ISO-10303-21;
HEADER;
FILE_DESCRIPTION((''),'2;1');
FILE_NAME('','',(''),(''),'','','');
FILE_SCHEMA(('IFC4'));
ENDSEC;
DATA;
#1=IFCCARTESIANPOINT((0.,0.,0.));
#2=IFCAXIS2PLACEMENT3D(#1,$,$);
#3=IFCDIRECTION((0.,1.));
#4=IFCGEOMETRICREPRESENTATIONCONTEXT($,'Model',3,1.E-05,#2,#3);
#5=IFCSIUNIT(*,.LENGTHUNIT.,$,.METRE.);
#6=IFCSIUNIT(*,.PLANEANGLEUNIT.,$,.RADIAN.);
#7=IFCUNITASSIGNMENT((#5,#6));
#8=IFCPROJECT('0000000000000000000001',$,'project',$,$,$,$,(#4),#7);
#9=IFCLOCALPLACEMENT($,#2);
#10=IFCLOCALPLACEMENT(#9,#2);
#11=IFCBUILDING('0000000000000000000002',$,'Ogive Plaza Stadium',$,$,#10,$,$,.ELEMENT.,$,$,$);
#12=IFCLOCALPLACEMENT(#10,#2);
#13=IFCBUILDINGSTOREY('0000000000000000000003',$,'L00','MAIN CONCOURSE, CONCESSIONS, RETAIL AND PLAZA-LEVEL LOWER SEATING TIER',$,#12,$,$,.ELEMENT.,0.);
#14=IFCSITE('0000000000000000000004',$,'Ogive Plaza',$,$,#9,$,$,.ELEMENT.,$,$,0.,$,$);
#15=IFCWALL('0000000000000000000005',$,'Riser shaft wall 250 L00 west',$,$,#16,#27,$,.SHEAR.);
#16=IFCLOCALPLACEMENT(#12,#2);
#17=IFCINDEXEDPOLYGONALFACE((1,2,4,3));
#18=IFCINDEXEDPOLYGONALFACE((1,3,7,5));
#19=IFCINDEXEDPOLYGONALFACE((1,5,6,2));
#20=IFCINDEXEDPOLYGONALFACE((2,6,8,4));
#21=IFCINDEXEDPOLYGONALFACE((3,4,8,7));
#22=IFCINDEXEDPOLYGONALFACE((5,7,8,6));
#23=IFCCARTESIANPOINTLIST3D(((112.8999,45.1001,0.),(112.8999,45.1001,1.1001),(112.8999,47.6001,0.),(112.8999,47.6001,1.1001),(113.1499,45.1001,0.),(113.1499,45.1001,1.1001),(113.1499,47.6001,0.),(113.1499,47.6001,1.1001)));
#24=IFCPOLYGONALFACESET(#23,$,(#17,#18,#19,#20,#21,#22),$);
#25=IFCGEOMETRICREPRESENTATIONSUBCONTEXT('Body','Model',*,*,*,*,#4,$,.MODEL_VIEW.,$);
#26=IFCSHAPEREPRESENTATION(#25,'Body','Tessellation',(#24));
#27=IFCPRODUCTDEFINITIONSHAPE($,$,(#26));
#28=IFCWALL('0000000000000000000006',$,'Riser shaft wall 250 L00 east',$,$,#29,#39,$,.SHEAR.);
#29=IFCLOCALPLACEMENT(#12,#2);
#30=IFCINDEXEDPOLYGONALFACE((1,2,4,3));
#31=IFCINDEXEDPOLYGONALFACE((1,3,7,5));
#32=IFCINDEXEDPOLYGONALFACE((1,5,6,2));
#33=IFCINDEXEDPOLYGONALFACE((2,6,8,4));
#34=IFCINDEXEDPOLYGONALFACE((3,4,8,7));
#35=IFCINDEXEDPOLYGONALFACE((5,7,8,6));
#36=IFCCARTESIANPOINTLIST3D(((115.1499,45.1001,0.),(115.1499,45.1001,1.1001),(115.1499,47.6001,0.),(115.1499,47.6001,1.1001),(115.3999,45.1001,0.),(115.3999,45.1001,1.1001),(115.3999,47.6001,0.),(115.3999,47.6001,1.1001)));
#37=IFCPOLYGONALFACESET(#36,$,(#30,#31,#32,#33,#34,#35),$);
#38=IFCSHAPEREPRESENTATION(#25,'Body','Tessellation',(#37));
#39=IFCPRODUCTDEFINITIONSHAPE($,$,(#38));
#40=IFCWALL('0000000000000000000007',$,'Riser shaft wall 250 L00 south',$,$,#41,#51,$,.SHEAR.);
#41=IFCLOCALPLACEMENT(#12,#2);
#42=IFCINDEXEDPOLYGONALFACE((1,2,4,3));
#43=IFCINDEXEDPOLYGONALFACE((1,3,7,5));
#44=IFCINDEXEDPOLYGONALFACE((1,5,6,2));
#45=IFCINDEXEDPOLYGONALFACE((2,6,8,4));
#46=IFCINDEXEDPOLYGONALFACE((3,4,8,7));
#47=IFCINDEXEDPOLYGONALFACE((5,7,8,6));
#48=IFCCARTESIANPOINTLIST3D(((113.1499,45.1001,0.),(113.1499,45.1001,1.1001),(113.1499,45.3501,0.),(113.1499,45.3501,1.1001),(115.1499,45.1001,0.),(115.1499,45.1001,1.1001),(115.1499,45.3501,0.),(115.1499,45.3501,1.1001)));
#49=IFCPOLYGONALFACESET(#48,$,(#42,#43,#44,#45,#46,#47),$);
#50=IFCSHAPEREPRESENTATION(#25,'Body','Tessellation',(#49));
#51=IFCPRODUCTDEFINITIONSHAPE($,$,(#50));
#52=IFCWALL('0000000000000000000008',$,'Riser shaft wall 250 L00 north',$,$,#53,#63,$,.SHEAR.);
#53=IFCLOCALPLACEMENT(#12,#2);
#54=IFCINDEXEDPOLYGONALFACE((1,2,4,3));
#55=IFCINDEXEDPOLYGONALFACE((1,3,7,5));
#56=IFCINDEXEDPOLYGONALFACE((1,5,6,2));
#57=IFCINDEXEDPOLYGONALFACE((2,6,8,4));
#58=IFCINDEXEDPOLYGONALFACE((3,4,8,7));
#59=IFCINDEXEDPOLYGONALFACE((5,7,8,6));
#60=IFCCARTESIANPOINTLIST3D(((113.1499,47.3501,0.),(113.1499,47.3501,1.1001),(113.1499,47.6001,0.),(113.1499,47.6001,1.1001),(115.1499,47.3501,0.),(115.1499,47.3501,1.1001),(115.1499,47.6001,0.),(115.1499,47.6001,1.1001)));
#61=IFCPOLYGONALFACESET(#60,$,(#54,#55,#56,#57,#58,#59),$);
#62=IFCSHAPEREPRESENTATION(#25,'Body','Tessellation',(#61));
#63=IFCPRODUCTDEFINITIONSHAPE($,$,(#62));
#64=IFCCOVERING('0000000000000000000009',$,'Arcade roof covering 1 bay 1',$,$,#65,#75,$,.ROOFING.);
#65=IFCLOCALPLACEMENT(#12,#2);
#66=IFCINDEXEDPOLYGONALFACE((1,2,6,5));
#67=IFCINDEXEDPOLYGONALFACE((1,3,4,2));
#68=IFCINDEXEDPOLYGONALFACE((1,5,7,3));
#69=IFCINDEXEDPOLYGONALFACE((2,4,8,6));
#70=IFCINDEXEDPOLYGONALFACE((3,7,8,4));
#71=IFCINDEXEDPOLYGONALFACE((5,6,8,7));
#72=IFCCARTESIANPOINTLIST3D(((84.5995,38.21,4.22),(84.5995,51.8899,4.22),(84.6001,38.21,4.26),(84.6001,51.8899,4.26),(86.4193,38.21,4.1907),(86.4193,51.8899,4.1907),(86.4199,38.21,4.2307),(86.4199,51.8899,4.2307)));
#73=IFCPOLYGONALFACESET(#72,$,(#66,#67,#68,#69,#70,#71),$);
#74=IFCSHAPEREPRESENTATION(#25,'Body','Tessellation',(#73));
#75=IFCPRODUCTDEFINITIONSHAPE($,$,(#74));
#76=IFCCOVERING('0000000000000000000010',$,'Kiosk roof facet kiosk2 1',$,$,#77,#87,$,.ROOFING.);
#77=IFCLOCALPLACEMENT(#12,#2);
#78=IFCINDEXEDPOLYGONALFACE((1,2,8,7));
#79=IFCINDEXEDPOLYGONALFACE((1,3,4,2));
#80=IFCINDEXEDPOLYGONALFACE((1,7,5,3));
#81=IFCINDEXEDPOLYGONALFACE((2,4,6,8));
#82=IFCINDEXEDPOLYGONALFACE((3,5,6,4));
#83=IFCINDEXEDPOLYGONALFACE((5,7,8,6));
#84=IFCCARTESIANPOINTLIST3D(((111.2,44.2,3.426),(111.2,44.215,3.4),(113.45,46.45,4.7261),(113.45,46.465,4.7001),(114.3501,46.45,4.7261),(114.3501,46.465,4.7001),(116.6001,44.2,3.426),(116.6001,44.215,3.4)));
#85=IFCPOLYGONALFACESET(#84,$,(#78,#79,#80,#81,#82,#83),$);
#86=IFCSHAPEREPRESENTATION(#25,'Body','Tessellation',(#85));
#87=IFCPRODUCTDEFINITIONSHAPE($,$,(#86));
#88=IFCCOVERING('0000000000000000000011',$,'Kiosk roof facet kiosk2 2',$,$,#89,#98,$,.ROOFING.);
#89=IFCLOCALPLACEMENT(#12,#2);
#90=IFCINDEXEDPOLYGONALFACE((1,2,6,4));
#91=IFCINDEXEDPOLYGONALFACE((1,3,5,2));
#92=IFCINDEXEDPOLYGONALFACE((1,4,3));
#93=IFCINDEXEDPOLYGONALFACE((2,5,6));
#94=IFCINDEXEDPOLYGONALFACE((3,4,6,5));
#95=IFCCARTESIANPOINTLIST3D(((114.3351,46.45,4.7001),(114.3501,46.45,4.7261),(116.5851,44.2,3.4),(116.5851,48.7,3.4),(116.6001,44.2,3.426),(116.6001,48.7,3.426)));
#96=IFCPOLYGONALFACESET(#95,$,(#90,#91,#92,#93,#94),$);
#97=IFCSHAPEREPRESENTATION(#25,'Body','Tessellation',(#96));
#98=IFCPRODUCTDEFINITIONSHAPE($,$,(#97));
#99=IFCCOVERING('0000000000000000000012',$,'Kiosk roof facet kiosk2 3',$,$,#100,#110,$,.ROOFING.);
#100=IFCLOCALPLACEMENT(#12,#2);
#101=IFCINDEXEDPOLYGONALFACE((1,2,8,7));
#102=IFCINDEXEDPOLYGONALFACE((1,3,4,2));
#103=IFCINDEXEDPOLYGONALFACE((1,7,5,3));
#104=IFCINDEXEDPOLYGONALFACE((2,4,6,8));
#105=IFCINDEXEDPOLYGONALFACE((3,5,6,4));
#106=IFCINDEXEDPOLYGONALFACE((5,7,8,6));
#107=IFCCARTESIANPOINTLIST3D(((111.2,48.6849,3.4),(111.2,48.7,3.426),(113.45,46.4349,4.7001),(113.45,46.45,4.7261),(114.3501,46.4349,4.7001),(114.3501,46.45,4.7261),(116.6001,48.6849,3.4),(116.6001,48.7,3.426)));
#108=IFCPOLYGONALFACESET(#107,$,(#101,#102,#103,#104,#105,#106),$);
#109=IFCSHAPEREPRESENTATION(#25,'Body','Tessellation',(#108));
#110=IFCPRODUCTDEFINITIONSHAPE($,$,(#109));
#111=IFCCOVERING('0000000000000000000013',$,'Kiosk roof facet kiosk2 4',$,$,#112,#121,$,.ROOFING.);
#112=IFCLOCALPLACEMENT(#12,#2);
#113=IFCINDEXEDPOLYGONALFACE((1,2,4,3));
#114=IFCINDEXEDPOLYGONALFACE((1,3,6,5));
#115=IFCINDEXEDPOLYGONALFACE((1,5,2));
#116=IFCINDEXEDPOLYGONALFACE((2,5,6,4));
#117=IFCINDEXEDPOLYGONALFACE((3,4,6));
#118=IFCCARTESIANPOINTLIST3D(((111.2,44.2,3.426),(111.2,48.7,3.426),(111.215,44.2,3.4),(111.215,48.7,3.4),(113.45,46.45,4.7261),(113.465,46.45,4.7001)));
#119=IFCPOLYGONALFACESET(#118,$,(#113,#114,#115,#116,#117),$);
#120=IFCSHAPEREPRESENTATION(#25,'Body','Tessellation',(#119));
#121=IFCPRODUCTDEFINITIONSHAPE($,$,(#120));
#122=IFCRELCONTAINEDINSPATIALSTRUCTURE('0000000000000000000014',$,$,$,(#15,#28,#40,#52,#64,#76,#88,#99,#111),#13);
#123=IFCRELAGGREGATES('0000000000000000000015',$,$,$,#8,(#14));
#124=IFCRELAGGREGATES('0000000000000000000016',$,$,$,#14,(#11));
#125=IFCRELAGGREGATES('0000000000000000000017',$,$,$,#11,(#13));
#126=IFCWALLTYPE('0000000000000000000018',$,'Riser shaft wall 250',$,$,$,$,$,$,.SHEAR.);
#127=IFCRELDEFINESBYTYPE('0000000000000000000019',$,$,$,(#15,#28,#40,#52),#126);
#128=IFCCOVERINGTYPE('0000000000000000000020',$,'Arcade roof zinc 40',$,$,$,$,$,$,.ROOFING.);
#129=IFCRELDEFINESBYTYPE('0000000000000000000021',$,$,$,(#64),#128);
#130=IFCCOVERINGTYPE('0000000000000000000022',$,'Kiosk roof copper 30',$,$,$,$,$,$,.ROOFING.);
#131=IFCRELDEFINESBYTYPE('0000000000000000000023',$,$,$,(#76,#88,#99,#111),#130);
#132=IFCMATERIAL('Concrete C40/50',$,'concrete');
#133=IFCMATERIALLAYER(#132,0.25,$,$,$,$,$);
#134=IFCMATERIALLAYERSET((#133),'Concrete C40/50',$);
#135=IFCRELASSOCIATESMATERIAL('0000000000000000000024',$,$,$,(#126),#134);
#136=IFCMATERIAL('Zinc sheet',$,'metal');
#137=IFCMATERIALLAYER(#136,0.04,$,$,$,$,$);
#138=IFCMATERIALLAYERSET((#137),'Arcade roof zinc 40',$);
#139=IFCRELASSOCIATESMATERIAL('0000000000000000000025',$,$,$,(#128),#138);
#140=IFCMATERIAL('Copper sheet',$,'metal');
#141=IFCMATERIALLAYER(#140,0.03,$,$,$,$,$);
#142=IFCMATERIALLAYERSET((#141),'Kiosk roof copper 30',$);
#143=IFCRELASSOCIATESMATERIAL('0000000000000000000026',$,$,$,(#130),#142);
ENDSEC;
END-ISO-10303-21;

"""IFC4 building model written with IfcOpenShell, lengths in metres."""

from ifc_helpers import new_model, si_unit, direction, frame, frame_2d, origin, place, context, subcontext, project, spatial, polyline, rectangle, outline, extrude, material, layer, layer_set, type_object, element, save


model = new_model("IFC4")

# Units and contexts
model_context = context("Model", 3, precision=1e-05, world=origin(), true_north=direction((0.0, 1.0)))
body_context = subcontext(model_context, "Body", "Model", "MODEL_VIEW")
ifc_project = project(units=[si_unit("LENGTHUNIT", "METRE"), si_unit("PLANEANGLEUNIT", "RADIAN")], contexts=[model_context])

# Site, building, storey
site_placement = place(None, origin())
site = spatial("IfcSite", under=ifc_project, at=site_placement, Name="Ogive Plaza", CompositionType="ELEMENT", RefElevation=0.0)
building_placement = place(site_placement, origin())
building = spatial("IfcBuilding", under=site, at=building_placement, Name="Ogive Plaza Stadium", CompositionType="ELEMENT")
storey_placement = place(building_placement, origin())
storey = spatial("IfcBuildingStorey", under=building, at=storey_placement, Name="L00", Description="MAIN CONCOURSE, CONCESSIONS, RETAIL AND PLAZA-LEVEL LOWER SEATING TIER", CompositionType="ELEMENT", Elevation=0.0)

# Walls
ifc_material_1 = material(Name="Concrete C40/50", Category="concrete")
ifc_layer_1 = layer(ifc_material_1, 0.25)
ifc_layer_set_1 = layer_set([ifc_layer_1], Name="Concrete C40/50")
wall_type_1 = type_object("IfcWallType", Name="Riser shaft wall 250", PredefinedType="SHEAR", material=ifc_layer_set_1)
for number, where, z_axis, x_axis, name in (
    (1, (113.0249, 45.1001, 0.0), (0.0, 0.0, 1.0), (0.0, 1.0, 0.0), "Riser shaft wall 250 L00 west"),
    (2, (115.2749, 45.1001, 0.0), (0.0, 0.0, 1.0), (0.0, 1.0, 0.0), "Riser shaft wall 250 L00 east"),
):
    element("IfcWall", number, at=place(storey_placement, frame(where, z_axis=z_axis, x_axis=x_axis)), inside=storey, type_object=wall_type_1, Name=name, PredefinedType="SHEAR", context=body_context, shape_type="SweptSolid", body=[
        extrude(rectangle(XDim=2.5, YDim=0.25, at=frame_2d((1.25, 0.0))), origin(), (0.0, 0.0, 1.0), 1.1001),
    ])
for number, where, z_axis, x_axis, name in (
    (3, (113.1499, 45.2251, 0.0), (0.0, 0.0, 1.0), (1.0, 0.0, 0.0), "Riser shaft wall 250 L00 south"),
    (4, (113.1499, 47.4751, 0.0), (0.0, 0.0, 1.0), (1.0, 0.0, 0.0), "Riser shaft wall 250 L00 north"),
):
    element("IfcWall", number, at=place(storey_placement, frame(where, z_axis=z_axis, x_axis=x_axis)), inside=storey, type_object=wall_type_1, Name=name, PredefinedType="SHEAR", context=body_context, shape_type="SweptSolid", body=[
        extrude(rectangle(XDim=2.0, YDim=0.25, at=frame_2d((1.0, 0.0))), origin(), (0.0, 0.0, 1.0), 1.1001),
    ])

# Coverings
ifc_material_2 = material(Name="Zinc sheet", Category="metal")
ifc_layer_2 = layer(ifc_material_2, 0.04)
ifc_layer_set_2 = layer_set([ifc_layer_2], Name="Arcade roof zinc 40")
covering_type_1 = type_object("IfcCoveringType", Name="Arcade roof zinc 40", PredefinedType="ROOFING", material=ifc_layer_set_2)
covering_1_placement = place(storey_placement, frame((84.6001, 38.21, 4.26), z_axis=(0.016097, 0.0, 0.99987), x_axis=(0.99987, 0.0, -0.016097)))
element("IfcCovering", 5, at=covering_1_placement, inside=storey, type_object=covering_type_1, Name="Arcade roof covering 1 bay 1", PredefinedType="ROOFING", context=body_context, shape_type="SweptSolid", body=[
    extrude(outline(polyline([(0.0, 0.0), (1.8201, 0.0), (1.8201, 13.6799), (0.0, 13.6799), (0.0, 0.0)])), origin(), (0.0, 0.0, -1.0), 0.04),
])
ifc_material_3 = material(Name="Copper sheet", Category="metal")
ifc_layer_3 = layer(ifc_material_3, 0.03)
ifc_layer_set_3 = layer_set([ifc_layer_3], Name="Kiosk roof copper 30")
covering_type_2 = type_object("IfcCoveringType", Name="Kiosk roof copper 30", PredefinedType="ROOFING", material=ifc_layer_set_3)
covering_2_placement = place(storey_placement, frame((111.2, 44.2, 3.426), z_axis=(0.0, -0.500292, 0.865857), x_axis=(1.0, 0.0, 0.0)))
element("IfcCovering", 6, at=covering_2_placement, inside=storey, type_object=covering_type_2, Name="Kiosk roof facet kiosk2 1", PredefinedType="ROOFING", context=body_context, shape_type="SweptSolid", body=[
    extrude(outline(polyline([(0.0, 0.0), (5.4001, 0.0), (3.1501, 2.5986), (2.25, 2.5986), (0.0, 0.0)])), origin(), (0.0, 0.0, -1.0), 0.03),
])
covering_3_placement = place(storey_placement, frame((116.6001, 44.2, 3.426), z_axis=(0.500292, 0.0, 0.865857), x_axis=(0.0, 1.0, 0.0)))
element("IfcCovering", 7, at=covering_3_placement, inside=storey, type_object=covering_type_2, Name="Kiosk roof facet kiosk2 2", PredefinedType="ROOFING", context=body_context, shape_type="SweptSolid", body=[
    extrude(outline(polyline([(0.0, 0.0), (4.5, 0.0), (2.25, 2.5986), (0.0, 0.0)])), origin(), (0.0, 0.0, -1.0), 0.03),
])
covering_4_placement = place(storey_placement, frame((116.6001, 48.7, 3.426), z_axis=(0.0, 0.500292, 0.865857), x_axis=(-1.0, 0.0, 0.0)))
element("IfcCovering", 8, at=covering_4_placement, inside=storey, type_object=covering_type_2, Name="Kiosk roof facet kiosk2 3", PredefinedType="ROOFING", context=body_context, shape_type="SweptSolid", body=[
    extrude(outline(polyline([(0.0, 0.0), (5.4001, 0.0), (3.1501, 2.5986), (2.25, 2.5986), (0.0, 0.0)])), origin(), (0.0, 0.0, -1.0), 0.03),
])
covering_5_placement = place(storey_placement, frame((111.2, 48.7, 3.426), z_axis=(-0.500292, 0.0, 0.865857), x_axis=(0.0, -1.0, 0.0)))
element("IfcCovering", 9, at=covering_5_placement, inside=storey, type_object=covering_type_2, Name="Kiosk roof facet kiosk2 4", PredefinedType="ROOFING", context=body_context, shape_type="SweptSolid", body=[
    extrude(outline(polyline([(0.0, 0.0), (4.5, 0.0), (2.25, 2.5986), (0.0, 0.0)])), origin(), (0.0, 0.0, -1.0), 0.03),
])

save(model, "model.ifc")
